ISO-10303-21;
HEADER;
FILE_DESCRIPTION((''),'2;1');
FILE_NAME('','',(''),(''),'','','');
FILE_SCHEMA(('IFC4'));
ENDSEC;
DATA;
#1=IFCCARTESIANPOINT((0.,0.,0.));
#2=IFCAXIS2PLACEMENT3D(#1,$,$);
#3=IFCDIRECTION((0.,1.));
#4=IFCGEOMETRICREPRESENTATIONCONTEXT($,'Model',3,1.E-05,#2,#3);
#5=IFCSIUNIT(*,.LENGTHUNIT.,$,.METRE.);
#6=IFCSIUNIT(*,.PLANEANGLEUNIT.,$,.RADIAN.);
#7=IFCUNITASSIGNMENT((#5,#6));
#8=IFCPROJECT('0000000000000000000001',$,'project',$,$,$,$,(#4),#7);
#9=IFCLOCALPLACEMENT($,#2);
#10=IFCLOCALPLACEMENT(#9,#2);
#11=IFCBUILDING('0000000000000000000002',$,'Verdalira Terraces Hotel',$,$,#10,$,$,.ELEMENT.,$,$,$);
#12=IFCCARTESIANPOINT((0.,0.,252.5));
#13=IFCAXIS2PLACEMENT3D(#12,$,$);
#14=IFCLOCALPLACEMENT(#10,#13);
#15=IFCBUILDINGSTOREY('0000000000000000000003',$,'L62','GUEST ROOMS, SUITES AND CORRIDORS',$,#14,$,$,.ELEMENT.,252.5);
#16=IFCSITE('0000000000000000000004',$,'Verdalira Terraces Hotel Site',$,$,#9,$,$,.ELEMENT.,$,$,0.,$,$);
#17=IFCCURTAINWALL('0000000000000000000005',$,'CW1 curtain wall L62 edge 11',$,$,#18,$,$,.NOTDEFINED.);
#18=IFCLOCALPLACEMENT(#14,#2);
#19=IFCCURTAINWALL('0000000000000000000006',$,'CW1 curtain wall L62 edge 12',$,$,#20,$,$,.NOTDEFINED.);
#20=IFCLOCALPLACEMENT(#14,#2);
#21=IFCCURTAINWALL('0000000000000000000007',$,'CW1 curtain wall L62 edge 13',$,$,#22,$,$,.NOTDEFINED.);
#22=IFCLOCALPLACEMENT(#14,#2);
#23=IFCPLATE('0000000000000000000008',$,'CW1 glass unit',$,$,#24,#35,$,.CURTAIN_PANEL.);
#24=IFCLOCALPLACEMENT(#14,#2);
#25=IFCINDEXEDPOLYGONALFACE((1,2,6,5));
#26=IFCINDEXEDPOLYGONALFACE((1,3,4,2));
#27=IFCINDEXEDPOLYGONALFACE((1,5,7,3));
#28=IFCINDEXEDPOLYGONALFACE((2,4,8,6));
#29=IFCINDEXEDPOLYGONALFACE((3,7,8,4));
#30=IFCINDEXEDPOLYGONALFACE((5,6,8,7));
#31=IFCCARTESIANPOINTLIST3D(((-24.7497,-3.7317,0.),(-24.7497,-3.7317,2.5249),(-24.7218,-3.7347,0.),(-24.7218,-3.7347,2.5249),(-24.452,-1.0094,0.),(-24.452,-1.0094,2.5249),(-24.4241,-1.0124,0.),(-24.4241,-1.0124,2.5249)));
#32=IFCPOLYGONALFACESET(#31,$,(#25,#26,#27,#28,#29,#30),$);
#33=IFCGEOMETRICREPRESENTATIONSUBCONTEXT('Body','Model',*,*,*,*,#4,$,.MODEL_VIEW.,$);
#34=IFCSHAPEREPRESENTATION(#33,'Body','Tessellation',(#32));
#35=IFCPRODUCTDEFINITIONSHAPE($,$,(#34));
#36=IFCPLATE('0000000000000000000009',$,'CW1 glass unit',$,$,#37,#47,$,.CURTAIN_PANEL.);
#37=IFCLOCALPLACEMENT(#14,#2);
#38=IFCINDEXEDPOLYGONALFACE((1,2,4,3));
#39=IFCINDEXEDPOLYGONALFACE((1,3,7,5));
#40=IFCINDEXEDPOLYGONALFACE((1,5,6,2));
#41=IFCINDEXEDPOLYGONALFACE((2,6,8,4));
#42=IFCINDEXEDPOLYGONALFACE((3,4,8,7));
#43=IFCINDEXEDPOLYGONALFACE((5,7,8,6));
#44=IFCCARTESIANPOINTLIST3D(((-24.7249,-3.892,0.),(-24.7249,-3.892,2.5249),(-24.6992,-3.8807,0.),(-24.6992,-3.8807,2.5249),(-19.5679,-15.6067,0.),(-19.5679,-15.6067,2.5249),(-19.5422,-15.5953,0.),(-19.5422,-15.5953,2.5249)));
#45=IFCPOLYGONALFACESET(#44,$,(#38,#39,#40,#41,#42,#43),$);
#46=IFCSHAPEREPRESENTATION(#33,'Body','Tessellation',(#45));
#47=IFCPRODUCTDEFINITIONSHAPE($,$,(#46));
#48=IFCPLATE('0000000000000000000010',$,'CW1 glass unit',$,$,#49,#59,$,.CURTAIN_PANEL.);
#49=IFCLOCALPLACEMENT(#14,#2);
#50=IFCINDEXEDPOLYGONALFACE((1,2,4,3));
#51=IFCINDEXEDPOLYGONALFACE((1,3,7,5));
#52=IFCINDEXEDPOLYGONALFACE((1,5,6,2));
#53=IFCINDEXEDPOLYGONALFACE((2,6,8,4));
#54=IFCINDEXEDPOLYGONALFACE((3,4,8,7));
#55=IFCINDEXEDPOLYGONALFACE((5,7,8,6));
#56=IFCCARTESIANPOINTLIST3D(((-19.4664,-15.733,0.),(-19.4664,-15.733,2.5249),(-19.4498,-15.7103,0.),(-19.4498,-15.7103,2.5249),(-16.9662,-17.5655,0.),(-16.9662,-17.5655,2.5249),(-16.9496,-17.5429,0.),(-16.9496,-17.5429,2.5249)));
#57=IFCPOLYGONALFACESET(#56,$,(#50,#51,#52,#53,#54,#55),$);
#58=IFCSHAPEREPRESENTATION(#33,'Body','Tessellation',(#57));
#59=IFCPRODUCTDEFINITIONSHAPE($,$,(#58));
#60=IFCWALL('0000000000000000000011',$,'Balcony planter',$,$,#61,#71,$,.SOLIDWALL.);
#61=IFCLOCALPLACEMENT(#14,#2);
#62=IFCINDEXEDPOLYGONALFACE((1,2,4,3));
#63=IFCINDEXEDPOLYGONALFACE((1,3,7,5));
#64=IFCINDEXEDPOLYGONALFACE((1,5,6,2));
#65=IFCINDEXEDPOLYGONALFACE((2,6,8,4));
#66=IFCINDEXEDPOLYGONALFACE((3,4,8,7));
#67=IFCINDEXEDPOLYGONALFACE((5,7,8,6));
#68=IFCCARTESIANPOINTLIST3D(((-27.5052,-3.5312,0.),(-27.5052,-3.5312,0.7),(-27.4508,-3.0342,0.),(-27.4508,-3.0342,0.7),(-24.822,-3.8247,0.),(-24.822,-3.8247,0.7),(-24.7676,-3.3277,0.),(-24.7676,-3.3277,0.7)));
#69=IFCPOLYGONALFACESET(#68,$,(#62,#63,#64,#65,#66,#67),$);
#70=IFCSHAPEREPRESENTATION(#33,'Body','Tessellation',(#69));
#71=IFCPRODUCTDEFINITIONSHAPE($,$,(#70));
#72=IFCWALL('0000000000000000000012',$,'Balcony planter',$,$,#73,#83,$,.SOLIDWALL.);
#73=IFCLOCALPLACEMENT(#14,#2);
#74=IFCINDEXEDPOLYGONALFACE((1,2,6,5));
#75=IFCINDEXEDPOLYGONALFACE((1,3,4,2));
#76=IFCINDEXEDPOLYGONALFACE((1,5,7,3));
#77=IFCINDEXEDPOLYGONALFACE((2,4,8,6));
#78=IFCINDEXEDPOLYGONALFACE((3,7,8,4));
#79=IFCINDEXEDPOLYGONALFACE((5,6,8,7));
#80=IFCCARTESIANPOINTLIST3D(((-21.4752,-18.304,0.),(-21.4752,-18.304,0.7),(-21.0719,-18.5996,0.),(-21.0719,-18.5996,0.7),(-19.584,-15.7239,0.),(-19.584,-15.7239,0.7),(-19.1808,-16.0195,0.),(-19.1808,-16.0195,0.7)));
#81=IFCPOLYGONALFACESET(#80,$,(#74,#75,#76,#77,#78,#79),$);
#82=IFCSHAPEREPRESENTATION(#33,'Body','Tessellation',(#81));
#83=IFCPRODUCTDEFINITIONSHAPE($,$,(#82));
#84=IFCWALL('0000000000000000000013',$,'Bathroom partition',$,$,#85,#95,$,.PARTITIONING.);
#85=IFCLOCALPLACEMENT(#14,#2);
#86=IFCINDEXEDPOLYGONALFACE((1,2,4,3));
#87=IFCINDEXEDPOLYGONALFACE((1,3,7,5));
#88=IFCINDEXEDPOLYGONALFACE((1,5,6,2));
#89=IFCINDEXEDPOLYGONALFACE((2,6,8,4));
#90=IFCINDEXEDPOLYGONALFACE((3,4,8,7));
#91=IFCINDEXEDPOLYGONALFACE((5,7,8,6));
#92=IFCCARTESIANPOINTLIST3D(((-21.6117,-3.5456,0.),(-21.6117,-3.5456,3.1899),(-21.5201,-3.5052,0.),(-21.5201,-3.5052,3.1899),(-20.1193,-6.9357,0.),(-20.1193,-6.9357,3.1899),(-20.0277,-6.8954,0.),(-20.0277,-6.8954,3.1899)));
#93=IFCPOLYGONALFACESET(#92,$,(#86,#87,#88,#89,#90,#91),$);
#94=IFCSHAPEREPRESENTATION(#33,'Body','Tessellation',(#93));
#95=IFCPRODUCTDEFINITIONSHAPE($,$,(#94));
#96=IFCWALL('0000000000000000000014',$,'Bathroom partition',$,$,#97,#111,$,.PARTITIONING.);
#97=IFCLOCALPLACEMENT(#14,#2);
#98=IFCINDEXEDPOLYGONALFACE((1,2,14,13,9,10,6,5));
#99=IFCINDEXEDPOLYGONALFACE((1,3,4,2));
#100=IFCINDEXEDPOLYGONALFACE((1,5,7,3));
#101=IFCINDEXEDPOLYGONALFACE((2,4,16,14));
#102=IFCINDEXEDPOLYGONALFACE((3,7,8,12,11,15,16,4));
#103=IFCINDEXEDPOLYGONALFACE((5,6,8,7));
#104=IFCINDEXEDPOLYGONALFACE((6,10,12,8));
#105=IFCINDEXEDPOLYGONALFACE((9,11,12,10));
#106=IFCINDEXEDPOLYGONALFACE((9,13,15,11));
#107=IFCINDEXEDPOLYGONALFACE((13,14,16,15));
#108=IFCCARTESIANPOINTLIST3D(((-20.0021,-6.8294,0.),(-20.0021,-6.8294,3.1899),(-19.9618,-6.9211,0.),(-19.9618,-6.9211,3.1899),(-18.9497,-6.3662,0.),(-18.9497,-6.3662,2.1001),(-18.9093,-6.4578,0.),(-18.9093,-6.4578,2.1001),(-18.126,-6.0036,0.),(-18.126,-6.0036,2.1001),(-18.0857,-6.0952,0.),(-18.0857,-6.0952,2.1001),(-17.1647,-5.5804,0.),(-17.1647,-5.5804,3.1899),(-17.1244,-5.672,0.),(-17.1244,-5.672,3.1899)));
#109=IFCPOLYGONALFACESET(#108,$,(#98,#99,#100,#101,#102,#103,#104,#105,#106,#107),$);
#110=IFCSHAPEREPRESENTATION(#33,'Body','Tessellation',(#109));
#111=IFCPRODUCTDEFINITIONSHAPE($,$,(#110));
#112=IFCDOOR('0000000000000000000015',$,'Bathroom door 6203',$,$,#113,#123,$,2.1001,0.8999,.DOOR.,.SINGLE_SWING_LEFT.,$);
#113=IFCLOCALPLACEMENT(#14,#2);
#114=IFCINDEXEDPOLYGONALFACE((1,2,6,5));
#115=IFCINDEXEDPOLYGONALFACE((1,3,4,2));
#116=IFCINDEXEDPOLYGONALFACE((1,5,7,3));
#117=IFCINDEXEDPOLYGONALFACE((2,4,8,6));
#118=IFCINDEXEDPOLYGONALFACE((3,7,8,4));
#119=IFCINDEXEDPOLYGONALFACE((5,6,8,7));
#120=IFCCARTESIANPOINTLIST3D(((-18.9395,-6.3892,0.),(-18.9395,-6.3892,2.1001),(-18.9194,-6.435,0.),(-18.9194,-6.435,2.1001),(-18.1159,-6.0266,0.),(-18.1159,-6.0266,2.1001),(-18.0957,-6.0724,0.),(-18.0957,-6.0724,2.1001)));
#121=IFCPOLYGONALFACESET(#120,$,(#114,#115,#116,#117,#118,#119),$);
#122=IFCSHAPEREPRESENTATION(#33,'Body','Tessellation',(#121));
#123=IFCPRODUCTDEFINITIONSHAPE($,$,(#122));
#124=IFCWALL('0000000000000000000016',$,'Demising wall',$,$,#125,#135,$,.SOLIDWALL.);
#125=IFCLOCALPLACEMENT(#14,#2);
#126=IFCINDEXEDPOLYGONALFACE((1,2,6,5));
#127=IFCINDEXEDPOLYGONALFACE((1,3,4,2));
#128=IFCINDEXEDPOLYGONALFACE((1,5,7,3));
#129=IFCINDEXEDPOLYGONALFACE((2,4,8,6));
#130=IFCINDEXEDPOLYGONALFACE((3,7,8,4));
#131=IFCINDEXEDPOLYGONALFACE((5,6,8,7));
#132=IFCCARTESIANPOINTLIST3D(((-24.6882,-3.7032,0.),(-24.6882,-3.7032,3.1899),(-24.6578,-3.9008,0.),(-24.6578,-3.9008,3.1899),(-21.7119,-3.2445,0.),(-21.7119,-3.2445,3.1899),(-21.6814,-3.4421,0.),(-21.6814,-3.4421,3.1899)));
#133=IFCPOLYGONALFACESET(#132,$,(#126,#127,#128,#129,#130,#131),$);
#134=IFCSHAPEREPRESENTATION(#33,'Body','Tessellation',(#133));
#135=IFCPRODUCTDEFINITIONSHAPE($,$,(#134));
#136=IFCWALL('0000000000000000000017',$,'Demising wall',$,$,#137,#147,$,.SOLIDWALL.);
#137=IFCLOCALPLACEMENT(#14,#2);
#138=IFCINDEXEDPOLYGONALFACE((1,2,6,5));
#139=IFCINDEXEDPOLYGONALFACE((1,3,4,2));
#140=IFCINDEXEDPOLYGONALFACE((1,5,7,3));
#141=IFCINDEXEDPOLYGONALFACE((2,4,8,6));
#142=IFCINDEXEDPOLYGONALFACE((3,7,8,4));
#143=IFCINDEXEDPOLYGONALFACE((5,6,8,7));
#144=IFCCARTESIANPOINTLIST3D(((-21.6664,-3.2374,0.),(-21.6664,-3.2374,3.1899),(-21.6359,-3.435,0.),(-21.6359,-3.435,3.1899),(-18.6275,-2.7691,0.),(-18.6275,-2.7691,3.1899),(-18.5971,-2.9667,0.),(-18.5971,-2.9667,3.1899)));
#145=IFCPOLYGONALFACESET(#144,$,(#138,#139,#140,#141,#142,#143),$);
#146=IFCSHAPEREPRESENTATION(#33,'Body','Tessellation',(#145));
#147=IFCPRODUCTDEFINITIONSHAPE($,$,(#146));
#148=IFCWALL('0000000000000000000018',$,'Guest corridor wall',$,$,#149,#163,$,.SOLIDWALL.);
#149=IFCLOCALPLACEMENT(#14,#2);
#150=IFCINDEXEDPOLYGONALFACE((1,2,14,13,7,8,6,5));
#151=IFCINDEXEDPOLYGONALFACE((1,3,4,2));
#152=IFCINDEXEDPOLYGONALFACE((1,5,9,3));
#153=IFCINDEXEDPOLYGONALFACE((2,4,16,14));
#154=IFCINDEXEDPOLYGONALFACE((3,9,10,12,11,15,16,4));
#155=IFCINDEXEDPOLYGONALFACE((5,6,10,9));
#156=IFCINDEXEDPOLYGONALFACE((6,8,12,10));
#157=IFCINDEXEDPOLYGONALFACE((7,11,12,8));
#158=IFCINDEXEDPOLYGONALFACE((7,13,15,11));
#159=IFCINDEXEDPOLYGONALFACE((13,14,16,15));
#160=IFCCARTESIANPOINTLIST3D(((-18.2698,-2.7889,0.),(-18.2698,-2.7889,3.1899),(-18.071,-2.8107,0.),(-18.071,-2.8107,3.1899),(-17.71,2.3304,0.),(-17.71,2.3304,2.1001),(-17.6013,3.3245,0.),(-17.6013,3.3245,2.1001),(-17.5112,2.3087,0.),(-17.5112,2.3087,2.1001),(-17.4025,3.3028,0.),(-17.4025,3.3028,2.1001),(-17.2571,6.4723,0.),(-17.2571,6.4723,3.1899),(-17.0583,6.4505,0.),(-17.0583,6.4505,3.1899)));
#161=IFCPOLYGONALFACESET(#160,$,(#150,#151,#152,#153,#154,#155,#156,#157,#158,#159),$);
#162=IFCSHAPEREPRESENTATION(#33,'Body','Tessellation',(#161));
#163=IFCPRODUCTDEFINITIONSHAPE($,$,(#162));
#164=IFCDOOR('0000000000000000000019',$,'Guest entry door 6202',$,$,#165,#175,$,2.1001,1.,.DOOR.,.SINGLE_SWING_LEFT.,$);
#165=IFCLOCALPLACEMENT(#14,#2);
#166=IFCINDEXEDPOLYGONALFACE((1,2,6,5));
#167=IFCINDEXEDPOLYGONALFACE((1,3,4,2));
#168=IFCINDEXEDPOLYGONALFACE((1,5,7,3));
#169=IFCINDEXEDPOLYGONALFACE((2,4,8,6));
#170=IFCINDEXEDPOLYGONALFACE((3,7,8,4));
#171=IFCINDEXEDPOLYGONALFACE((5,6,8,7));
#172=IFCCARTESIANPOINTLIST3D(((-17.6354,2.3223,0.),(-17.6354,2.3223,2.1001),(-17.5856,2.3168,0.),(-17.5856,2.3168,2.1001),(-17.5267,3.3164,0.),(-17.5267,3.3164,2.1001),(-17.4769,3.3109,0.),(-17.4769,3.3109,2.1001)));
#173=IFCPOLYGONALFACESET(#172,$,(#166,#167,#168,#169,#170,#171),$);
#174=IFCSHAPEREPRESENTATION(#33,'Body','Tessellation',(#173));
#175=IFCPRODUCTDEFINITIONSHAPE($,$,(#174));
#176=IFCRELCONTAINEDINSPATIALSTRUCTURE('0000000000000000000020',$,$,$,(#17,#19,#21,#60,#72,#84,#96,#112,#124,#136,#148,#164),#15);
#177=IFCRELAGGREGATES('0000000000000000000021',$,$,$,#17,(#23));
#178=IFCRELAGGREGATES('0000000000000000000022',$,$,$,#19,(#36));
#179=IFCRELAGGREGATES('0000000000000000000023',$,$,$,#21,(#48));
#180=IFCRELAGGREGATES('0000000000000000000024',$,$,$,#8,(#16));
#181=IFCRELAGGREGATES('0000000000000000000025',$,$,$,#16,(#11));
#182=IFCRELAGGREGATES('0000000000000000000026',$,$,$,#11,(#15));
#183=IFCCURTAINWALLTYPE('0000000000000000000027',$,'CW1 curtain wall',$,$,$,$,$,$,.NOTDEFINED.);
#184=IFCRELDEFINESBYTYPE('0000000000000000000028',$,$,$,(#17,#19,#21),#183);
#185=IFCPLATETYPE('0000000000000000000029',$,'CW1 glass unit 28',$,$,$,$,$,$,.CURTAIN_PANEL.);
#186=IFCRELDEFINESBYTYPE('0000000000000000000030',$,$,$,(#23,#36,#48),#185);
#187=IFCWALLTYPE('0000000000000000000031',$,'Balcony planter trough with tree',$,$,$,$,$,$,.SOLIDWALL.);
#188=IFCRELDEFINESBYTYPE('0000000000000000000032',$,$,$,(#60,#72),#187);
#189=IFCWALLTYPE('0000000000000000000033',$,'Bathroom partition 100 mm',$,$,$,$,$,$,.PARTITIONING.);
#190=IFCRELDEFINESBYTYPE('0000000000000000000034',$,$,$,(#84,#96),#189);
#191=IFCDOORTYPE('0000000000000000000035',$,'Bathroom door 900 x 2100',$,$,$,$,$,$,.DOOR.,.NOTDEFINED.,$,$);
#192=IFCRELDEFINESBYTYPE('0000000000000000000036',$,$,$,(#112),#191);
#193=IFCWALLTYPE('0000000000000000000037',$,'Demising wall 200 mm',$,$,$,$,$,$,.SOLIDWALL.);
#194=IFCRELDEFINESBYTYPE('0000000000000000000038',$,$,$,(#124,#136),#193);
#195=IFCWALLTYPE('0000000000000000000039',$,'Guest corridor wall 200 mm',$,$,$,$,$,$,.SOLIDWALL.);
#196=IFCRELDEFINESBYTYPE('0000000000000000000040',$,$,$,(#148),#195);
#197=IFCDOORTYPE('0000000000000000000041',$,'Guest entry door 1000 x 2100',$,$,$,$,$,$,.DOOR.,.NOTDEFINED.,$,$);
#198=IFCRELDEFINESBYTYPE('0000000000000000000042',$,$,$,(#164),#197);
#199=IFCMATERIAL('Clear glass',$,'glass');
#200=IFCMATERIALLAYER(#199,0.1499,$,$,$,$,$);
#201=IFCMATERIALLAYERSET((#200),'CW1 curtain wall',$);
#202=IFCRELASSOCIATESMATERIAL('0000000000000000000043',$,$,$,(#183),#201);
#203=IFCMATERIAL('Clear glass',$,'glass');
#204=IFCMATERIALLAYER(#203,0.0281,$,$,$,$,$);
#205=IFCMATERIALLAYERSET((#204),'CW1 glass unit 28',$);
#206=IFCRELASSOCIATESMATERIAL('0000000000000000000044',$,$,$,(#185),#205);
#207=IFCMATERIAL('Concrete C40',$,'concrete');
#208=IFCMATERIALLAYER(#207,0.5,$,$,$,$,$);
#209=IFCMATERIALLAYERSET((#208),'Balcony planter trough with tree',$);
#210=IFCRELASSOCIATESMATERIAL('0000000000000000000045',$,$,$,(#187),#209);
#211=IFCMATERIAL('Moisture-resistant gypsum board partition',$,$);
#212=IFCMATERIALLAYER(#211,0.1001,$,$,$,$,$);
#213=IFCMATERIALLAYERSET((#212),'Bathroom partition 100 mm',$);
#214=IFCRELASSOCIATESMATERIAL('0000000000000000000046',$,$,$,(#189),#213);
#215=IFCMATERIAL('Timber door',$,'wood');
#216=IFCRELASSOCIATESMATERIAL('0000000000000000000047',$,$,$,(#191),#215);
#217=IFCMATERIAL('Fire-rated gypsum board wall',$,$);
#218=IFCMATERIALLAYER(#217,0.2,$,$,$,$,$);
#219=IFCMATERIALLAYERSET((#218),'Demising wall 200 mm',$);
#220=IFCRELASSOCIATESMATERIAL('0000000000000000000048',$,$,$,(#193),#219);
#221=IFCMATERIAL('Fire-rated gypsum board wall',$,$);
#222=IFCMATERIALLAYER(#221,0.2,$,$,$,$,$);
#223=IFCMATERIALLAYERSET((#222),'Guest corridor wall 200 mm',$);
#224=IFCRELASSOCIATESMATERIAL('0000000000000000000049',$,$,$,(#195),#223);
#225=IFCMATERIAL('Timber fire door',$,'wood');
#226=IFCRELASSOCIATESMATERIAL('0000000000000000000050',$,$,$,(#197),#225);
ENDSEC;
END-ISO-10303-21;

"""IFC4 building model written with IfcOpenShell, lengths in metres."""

from ifc_helpers import new_model, si_unit, direction, frame, frame_2d, origin, origin_2d, place, context, subcontext, project, spatial, rectangle, extrude, material, layer, layer_set, type_object, element, fill, aggregate, save


model = new_model("IFC4")

# Units and contexts
model_context = context("Model", 3, precision=1e-05, world=origin(), true_north=direction((0.0, 1.0)))
body_context = subcontext(model_context, "Body", "Model", "MODEL_VIEW")
ifc_project = project(units=[si_unit("LENGTHUNIT", "METRE"), si_unit("PLANEANGLEUNIT", "RADIAN")], contexts=[model_context])

# Site, building, storey
site_placement = place(None, origin())
site = spatial("IfcSite", under=ifc_project, at=site_placement, Name="Verdalira Terraces Hotel Site", CompositionType="ELEMENT", RefElevation=0.0)
building_placement = place(site_placement, origin())
building = spatial("IfcBuilding", under=site, at=building_placement, Name="Verdalira Terraces Hotel", CompositionType="ELEMENT")
storey_placement = place(building_placement, frame((0.0, 0.0, 252.5)))
storey = spatial("IfcBuildingStorey", under=building, at=storey_placement, Name="L62", Description="GUEST ROOMS, SUITES AND CORRIDORS", CompositionType="ELEMENT", Elevation=252.5)

# Curtain wall
ifc_material_1 = material(Name="Clear glass", Category="glass")
ifc_layer_1 = layer(ifc_material_1, 0.1499)
ifc_layer_set_1 = layer_set([ifc_layer_1], Name="CW1 curtain wall")
curtain_wall_type = type_object("IfcCurtainWallType", Name="CW1 curtain wall", PredefinedType="NOTDEFINED", material=ifc_layer_set_1)
curtain_wall_1_placement = place(storey_placement, origin())
curtain_wall_1 = element("IfcCurtainWall", 1, at=curtain_wall_1_placement, inside=storey, type_object=curtain_wall_type, Name="CW1 curtain wall L62 edge 11", PredefinedType="NOTDEFINED")

# Curtain wall
curtain_wall_2_placement = place(storey_placement, origin())
curtain_wall_2 = element("IfcCurtainWall", 2, at=curtain_wall_2_placement, inside=storey, type_object=curtain_wall_type, Name="CW1 curtain wall L62 edge 12", PredefinedType="NOTDEFINED")

# Curtain wall
curtain_wall_3_placement = place(storey_placement, origin())
curtain_wall_3 = element("IfcCurtainWall", 3, at=curtain_wall_3_placement, inside=storey, type_object=curtain_wall_type, Name="CW1 curtain wall L62 edge 13", PredefinedType="NOTDEFINED")

# Plates
ifc_material_2 = material(Name="Clear glass", Category="glass")
ifc_layer_2 = layer(ifc_material_2, 0.0281)
ifc_layer_set_2 = layer_set([ifc_layer_2], Name="CW1 glass unit 28")
plate_type = type_object("IfcPlateType", Name="CW1 glass unit 28", PredefinedType="CURTAIN_PANEL", material=ifc_layer_set_2)
plate_1_placement = place(storey_placement, frame((-24.5869, -2.3721, 0.0), z_axis=(0.0, 0.0, 1.0), x_axis=(-0.108693, -0.994075, 0.0)))
plate_1 = element("IfcPlate", 4, at=plate_1_placement, type_object=plate_type, Name="CW1 glass unit", PredefinedType="CURTAIN_PANEL", context=body_context, shape_type="SweptSolid", body=[
    extrude(rectangle(XDim=2.7385, YDim=0.0281, at=origin_2d()), origin(), (0.0, 0.0, 1.0), 2.5249),
])
aggregate(curtain_wall_1, [plate_1])
plate_2_placement = place(storey_placement, frame((-22.1335, -9.7437, 0.0), z_axis=(0.0, 0.0, 1.0), x_axis=(0.402906, -0.915241, 0.0)))
plate_2 = element("IfcPlate", 5, at=plate_2_placement, type_object=plate_type, Name="CW1 glass unit", PredefinedType="CURTAIN_PANEL", context=body_context, shape_type="SweptSolid", body=[
    extrude(rectangle(XDim=12.7996, YDim=0.0281, at=origin_2d()), origin(), (0.0, 0.0, 1.0), 2.5249),
])
aggregate(curtain_wall_2, [plate_2])
plate_3_placement = place(storey_placement, frame((-18.208, -16.6379, 0.0), z_axis=(0.0, 0.0, 1.0), x_axis=(0.806548, -0.591169, 0.0)))
plate_3 = element("IfcPlate", 6, at=plate_3_placement, type_object=plate_type, Name="CW1 glass unit", PredefinedType="CURTAIN_PANEL", context=body_context, shape_type="SweptSolid", body=[
    extrude(rectangle(XDim=3.0999, YDim=0.0281, at=origin_2d()), origin(), (0.0, 0.0, 1.0), 2.5249),
])
aggregate(curtain_wall_3, [plate_3])

# Walls
ifc_material_3 = material(Name="Concrete C40", Category="concrete")
ifc_layer_3 = layer(ifc_material_3, 0.5)
ifc_layer_set_3 = layer_set([ifc_layer_3], Name="Balcony planter trough with tree")
wall_type_1 = type_object("IfcWallType", Name="Balcony planter trough with tree", PredefinedType="SOLIDWALL", material=ifc_layer_set_3)
wall_1_placement = place(storey_placement, frame((-27.478, -3.2827, 0.0), z_axis=(0.0, 0.0, 1.0), x_axis=(0.994072, -0.108724, 0.0)))
element("IfcWall", 7, at=wall_1_placement, inside=storey, type_object=wall_type_1, Name="Balcony planter", PredefinedType="SOLIDWALL", context=body_context, shape_type="SweptSolid", body=[
    extrude(rectangle(XDim=2.6992, YDim=0.5, at=frame_2d((1.3496, 0.0))), origin(), (0.0, 0.0, 1.0), 0.7),
])
wall_2_placement = place(storey_placement, frame((-19.3823, -15.8716, 0.0), z_axis=(0.0, 0.0, 1.0), x_axis=(-0.591172, -0.806546, 0.0)))
element("IfcWall", 8, at=wall_2_placement, inside=storey, type_object=wall_type_1, Name="Balcony planter", PredefinedType="SOLIDWALL", context=body_context, shape_type="SweptSolid", body=[
    extrude(rectangle(XDim=3.199, YDim=0.5, at=frame_2d((1.5996, 0.0))), origin(), (0.0, 0.0, 1.0), 0.7),
])
ifc_material_4 = material(Name="Moisture-resistant gypsum board partition")
ifc_layer_4 = layer(ifc_material_4, 0.1001)
ifc_layer_set_4 = layer_set([ifc_layer_4], Name="Bathroom partition 100 mm")
wall_type_2 = type_object("IfcWallType", Name="Bathroom partition 100 mm", PredefinedType="PARTITIONING", material=ifc_layer_set_4)
wall_3_placement = place(storey_placement, frame((-20.0735, -6.9155, 0.0), z_axis=(0.0, 0.0, 1.0), x_axis=(-0.402913, 0.915238, 0.0)))
element("IfcWall", 9, at=wall_3_placement, inside=storey, type_object=wall_type_2, Name="Bathroom partition", PredefinedType="PARTITIONING", context=body_context, shape_type="SweptSolid", body=[
    extrude(rectangle(XDim=3.7041, YDim=0.1001, at=frame_2d((1.8521, 0.0))), origin(), (0.0, 0.0, 1.0), 3.1899),
])

# Wall, opening, door
wall_4_placement = place(storey_placement, frame((-19.9819, -6.8752, 0.0), z_axis=(0.0, 0.0, 1.0), x_axis=(0.915248, 0.402892, 0.0)))
wall_4 = element("IfcWall", 10, at=wall_4_placement, inside=storey, type_object=wall_type_2, Name="Bathroom partition", PredefinedType="PARTITIONING", context=body_context, shape_type="SweptSolid", body=[
    extrude(rectangle(XDim=3.1001, YDim=0.1001, at=frame_2d((1.55, 0.0))), origin(), (0.0, 0.0, 1.0), 3.1899),
])
opening_1_placement = place(wall_4_placement, frame((1.1499, 0.0, 0.0)))
opening_1 = element("IfcOpeningElement", 11, at=opening_1_placement, cuts=wall_4, PredefinedType="OPENING", context=body_context, shape_type="SweptSolid", body=[
    extrude(rectangle(XDim=0.8999, YDim=2.1001, at=frame_2d((0.45, 1.05))), frame((0.0, 0.0601, 0.0), z_axis=(0.0, -1.0, 0.0), x_axis=(1.0, 0.0, 0.0)), (0.0, 0.0, 1.0), 0.1201),
])
ifc_material_5 = material(Name="Timber door", Category="wood")
door_type_1 = type_object("IfcDoorType", Name="Bathroom door 900 x 2100", OperationType="NOTDEFINED", PredefinedType="DOOR", material=ifc_material_5)
door_1_placement = place(opening_1_placement, origin())
door_1 = element("IfcDoor", 12, at=door_1_placement, inside=storey, type_object=door_type_1, Name="Bathroom door 6203", OperationType="SINGLE_SWING_LEFT", OverallHeight=2.1001, OverallWidth=0.8999, PredefinedType="DOOR", context=body_context, shape_type="SweptSolid", body=[
    extrude(rectangle(XDim=0.8999, YDim=2.1001, at=frame_2d((0.45, 1.05))), frame((0.0, 0.0249, 0.0), z_axis=(0.0, -1.0, 0.0), x_axis=(1.0, 0.0, 0.0)), (0.0, 0.0, 1.0), 0.05),
])
fill(opening_1, door_1)

# Walls
ifc_material_6 = material(Name="Fire-rated gypsum board wall")
ifc_layer_5 = layer(ifc_material_6, 0.2)
ifc_layer_set_5 = layer_set([ifc_layer_5], Name="Demising wall 200 mm")
wall_type_3 = type_object("IfcWallType", Name="Demising wall 200 mm", PredefinedType="SOLIDWALL", material=ifc_layer_set_5)
wall_5_placement = place(storey_placement, frame((-21.6965, -3.3433, 0.0), z_axis=(0.0, 0.0, 1.0), x_axis=(-0.988329, -0.152331, 0.0)))
element("IfcWall", 13, at=wall_5_placement, inside=storey, type_object=wall_type_3, Name="Demising wall", PredefinedType="SOLIDWALL", context=body_context, shape_type="SweptSolid", body=[
    extrude(rectangle(XDim=3.0115, YDim=0.2, at=frame_2d((1.5059, 0.0))), origin(), (0.0, 0.0, 1.0), 3.1899),
])
wall_6_placement = place(storey_placement, frame((-18.6123, -2.8679, 0.0), z_axis=(0.0, 0.0, 1.0), x_axis=(-0.988335, -0.152296, 0.0)))
element("IfcWall", 14, at=wall_6_placement, inside=storey, type_object=wall_type_3, Name="Demising wall", PredefinedType="SOLIDWALL", context=body_context, shape_type="SweptSolid", body=[
    extrude(rectangle(XDim=3.0747, YDim=0.2, at=frame_2d((1.5374, 0.0))), origin(), (0.0, 0.0, 1.0), 3.1899),
])

# Wall, opening, door
ifc_material_7 = material(Name="Fire-rated gypsum board wall")
ifc_layer_6 = layer(ifc_material_7, 0.2)
ifc_layer_set_6 = layer_set([ifc_layer_6], Name="Guest corridor wall 200 mm")
wall_type_4 = type_object("IfcWallType", Name="Guest corridor wall 200 mm", PredefinedType="SOLIDWALL", material=ifc_layer_set_6)
wall_7_placement = place(storey_placement, frame((-18.1704, -2.7998, 0.0), z_axis=(0.0, 0.0, 1.0), x_axis=(0.1087, 0.994075, 0.0)))
wall_7 = element("IfcWall", 15, at=wall_7_placement, inside=storey, type_object=wall_type_4, Name="Guest corridor wall", PredefinedType="SOLIDWALL", context=body_context, shape_type="SweptSolid", body=[
    extrude(rectangle(XDim=9.3164, YDim=0.2, at=frame_2d((4.6582, 0.0))), origin(), (0.0, 0.0, 1.0), 3.1899),
])
opening_2_placement = place(wall_7_placement, frame((5.1499, 0.0, 0.0)))
opening_2 = element("IfcOpeningElement", 16, at=opening_2_placement, cuts=wall_7, PredefinedType="OPENING", context=body_context, shape_type="SweptSolid", body=[
    extrude(rectangle(XDim=1.0, YDim=2.1001, at=frame_2d((0.5, 1.05))), frame((0.0, 0.1099, 0.0), z_axis=(0.0, -1.0, 0.0), x_axis=(1.0, 0.0, 0.0)), (0.0, 0.0, 1.0), 0.22),
])
ifc_material_8 = material(Name="Timber fire door", Category="wood")
door_type_2 = type_object("IfcDoorType", Name="Guest entry door 1000 x 2100", OperationType="NOTDEFINED", PredefinedType="DOOR", material=ifc_material_8)
door_2_placement = place(opening_2_placement, origin())
door_2 = element("IfcDoor", 17, at=door_2_placement, inside=storey, type_object=door_type_2, Name="Guest entry door 6202", OperationType="SINGLE_SWING_LEFT", OverallHeight=2.1001, OverallWidth=1.0, PredefinedType="DOOR", context=body_context, shape_type="SweptSolid", body=[
    extrude(rectangle(XDim=1.0, YDim=2.1001, at=frame_2d((0.5, 1.05))), frame((0.0, 0.0249, 0.0), z_axis=(0.0, -1.0, 0.0), x_axis=(1.0, 0.0, 0.0)), (0.0, 0.0, 1.0), 0.05),
])
fill(opening_2, door_2)

save(model, "model.ifc")
